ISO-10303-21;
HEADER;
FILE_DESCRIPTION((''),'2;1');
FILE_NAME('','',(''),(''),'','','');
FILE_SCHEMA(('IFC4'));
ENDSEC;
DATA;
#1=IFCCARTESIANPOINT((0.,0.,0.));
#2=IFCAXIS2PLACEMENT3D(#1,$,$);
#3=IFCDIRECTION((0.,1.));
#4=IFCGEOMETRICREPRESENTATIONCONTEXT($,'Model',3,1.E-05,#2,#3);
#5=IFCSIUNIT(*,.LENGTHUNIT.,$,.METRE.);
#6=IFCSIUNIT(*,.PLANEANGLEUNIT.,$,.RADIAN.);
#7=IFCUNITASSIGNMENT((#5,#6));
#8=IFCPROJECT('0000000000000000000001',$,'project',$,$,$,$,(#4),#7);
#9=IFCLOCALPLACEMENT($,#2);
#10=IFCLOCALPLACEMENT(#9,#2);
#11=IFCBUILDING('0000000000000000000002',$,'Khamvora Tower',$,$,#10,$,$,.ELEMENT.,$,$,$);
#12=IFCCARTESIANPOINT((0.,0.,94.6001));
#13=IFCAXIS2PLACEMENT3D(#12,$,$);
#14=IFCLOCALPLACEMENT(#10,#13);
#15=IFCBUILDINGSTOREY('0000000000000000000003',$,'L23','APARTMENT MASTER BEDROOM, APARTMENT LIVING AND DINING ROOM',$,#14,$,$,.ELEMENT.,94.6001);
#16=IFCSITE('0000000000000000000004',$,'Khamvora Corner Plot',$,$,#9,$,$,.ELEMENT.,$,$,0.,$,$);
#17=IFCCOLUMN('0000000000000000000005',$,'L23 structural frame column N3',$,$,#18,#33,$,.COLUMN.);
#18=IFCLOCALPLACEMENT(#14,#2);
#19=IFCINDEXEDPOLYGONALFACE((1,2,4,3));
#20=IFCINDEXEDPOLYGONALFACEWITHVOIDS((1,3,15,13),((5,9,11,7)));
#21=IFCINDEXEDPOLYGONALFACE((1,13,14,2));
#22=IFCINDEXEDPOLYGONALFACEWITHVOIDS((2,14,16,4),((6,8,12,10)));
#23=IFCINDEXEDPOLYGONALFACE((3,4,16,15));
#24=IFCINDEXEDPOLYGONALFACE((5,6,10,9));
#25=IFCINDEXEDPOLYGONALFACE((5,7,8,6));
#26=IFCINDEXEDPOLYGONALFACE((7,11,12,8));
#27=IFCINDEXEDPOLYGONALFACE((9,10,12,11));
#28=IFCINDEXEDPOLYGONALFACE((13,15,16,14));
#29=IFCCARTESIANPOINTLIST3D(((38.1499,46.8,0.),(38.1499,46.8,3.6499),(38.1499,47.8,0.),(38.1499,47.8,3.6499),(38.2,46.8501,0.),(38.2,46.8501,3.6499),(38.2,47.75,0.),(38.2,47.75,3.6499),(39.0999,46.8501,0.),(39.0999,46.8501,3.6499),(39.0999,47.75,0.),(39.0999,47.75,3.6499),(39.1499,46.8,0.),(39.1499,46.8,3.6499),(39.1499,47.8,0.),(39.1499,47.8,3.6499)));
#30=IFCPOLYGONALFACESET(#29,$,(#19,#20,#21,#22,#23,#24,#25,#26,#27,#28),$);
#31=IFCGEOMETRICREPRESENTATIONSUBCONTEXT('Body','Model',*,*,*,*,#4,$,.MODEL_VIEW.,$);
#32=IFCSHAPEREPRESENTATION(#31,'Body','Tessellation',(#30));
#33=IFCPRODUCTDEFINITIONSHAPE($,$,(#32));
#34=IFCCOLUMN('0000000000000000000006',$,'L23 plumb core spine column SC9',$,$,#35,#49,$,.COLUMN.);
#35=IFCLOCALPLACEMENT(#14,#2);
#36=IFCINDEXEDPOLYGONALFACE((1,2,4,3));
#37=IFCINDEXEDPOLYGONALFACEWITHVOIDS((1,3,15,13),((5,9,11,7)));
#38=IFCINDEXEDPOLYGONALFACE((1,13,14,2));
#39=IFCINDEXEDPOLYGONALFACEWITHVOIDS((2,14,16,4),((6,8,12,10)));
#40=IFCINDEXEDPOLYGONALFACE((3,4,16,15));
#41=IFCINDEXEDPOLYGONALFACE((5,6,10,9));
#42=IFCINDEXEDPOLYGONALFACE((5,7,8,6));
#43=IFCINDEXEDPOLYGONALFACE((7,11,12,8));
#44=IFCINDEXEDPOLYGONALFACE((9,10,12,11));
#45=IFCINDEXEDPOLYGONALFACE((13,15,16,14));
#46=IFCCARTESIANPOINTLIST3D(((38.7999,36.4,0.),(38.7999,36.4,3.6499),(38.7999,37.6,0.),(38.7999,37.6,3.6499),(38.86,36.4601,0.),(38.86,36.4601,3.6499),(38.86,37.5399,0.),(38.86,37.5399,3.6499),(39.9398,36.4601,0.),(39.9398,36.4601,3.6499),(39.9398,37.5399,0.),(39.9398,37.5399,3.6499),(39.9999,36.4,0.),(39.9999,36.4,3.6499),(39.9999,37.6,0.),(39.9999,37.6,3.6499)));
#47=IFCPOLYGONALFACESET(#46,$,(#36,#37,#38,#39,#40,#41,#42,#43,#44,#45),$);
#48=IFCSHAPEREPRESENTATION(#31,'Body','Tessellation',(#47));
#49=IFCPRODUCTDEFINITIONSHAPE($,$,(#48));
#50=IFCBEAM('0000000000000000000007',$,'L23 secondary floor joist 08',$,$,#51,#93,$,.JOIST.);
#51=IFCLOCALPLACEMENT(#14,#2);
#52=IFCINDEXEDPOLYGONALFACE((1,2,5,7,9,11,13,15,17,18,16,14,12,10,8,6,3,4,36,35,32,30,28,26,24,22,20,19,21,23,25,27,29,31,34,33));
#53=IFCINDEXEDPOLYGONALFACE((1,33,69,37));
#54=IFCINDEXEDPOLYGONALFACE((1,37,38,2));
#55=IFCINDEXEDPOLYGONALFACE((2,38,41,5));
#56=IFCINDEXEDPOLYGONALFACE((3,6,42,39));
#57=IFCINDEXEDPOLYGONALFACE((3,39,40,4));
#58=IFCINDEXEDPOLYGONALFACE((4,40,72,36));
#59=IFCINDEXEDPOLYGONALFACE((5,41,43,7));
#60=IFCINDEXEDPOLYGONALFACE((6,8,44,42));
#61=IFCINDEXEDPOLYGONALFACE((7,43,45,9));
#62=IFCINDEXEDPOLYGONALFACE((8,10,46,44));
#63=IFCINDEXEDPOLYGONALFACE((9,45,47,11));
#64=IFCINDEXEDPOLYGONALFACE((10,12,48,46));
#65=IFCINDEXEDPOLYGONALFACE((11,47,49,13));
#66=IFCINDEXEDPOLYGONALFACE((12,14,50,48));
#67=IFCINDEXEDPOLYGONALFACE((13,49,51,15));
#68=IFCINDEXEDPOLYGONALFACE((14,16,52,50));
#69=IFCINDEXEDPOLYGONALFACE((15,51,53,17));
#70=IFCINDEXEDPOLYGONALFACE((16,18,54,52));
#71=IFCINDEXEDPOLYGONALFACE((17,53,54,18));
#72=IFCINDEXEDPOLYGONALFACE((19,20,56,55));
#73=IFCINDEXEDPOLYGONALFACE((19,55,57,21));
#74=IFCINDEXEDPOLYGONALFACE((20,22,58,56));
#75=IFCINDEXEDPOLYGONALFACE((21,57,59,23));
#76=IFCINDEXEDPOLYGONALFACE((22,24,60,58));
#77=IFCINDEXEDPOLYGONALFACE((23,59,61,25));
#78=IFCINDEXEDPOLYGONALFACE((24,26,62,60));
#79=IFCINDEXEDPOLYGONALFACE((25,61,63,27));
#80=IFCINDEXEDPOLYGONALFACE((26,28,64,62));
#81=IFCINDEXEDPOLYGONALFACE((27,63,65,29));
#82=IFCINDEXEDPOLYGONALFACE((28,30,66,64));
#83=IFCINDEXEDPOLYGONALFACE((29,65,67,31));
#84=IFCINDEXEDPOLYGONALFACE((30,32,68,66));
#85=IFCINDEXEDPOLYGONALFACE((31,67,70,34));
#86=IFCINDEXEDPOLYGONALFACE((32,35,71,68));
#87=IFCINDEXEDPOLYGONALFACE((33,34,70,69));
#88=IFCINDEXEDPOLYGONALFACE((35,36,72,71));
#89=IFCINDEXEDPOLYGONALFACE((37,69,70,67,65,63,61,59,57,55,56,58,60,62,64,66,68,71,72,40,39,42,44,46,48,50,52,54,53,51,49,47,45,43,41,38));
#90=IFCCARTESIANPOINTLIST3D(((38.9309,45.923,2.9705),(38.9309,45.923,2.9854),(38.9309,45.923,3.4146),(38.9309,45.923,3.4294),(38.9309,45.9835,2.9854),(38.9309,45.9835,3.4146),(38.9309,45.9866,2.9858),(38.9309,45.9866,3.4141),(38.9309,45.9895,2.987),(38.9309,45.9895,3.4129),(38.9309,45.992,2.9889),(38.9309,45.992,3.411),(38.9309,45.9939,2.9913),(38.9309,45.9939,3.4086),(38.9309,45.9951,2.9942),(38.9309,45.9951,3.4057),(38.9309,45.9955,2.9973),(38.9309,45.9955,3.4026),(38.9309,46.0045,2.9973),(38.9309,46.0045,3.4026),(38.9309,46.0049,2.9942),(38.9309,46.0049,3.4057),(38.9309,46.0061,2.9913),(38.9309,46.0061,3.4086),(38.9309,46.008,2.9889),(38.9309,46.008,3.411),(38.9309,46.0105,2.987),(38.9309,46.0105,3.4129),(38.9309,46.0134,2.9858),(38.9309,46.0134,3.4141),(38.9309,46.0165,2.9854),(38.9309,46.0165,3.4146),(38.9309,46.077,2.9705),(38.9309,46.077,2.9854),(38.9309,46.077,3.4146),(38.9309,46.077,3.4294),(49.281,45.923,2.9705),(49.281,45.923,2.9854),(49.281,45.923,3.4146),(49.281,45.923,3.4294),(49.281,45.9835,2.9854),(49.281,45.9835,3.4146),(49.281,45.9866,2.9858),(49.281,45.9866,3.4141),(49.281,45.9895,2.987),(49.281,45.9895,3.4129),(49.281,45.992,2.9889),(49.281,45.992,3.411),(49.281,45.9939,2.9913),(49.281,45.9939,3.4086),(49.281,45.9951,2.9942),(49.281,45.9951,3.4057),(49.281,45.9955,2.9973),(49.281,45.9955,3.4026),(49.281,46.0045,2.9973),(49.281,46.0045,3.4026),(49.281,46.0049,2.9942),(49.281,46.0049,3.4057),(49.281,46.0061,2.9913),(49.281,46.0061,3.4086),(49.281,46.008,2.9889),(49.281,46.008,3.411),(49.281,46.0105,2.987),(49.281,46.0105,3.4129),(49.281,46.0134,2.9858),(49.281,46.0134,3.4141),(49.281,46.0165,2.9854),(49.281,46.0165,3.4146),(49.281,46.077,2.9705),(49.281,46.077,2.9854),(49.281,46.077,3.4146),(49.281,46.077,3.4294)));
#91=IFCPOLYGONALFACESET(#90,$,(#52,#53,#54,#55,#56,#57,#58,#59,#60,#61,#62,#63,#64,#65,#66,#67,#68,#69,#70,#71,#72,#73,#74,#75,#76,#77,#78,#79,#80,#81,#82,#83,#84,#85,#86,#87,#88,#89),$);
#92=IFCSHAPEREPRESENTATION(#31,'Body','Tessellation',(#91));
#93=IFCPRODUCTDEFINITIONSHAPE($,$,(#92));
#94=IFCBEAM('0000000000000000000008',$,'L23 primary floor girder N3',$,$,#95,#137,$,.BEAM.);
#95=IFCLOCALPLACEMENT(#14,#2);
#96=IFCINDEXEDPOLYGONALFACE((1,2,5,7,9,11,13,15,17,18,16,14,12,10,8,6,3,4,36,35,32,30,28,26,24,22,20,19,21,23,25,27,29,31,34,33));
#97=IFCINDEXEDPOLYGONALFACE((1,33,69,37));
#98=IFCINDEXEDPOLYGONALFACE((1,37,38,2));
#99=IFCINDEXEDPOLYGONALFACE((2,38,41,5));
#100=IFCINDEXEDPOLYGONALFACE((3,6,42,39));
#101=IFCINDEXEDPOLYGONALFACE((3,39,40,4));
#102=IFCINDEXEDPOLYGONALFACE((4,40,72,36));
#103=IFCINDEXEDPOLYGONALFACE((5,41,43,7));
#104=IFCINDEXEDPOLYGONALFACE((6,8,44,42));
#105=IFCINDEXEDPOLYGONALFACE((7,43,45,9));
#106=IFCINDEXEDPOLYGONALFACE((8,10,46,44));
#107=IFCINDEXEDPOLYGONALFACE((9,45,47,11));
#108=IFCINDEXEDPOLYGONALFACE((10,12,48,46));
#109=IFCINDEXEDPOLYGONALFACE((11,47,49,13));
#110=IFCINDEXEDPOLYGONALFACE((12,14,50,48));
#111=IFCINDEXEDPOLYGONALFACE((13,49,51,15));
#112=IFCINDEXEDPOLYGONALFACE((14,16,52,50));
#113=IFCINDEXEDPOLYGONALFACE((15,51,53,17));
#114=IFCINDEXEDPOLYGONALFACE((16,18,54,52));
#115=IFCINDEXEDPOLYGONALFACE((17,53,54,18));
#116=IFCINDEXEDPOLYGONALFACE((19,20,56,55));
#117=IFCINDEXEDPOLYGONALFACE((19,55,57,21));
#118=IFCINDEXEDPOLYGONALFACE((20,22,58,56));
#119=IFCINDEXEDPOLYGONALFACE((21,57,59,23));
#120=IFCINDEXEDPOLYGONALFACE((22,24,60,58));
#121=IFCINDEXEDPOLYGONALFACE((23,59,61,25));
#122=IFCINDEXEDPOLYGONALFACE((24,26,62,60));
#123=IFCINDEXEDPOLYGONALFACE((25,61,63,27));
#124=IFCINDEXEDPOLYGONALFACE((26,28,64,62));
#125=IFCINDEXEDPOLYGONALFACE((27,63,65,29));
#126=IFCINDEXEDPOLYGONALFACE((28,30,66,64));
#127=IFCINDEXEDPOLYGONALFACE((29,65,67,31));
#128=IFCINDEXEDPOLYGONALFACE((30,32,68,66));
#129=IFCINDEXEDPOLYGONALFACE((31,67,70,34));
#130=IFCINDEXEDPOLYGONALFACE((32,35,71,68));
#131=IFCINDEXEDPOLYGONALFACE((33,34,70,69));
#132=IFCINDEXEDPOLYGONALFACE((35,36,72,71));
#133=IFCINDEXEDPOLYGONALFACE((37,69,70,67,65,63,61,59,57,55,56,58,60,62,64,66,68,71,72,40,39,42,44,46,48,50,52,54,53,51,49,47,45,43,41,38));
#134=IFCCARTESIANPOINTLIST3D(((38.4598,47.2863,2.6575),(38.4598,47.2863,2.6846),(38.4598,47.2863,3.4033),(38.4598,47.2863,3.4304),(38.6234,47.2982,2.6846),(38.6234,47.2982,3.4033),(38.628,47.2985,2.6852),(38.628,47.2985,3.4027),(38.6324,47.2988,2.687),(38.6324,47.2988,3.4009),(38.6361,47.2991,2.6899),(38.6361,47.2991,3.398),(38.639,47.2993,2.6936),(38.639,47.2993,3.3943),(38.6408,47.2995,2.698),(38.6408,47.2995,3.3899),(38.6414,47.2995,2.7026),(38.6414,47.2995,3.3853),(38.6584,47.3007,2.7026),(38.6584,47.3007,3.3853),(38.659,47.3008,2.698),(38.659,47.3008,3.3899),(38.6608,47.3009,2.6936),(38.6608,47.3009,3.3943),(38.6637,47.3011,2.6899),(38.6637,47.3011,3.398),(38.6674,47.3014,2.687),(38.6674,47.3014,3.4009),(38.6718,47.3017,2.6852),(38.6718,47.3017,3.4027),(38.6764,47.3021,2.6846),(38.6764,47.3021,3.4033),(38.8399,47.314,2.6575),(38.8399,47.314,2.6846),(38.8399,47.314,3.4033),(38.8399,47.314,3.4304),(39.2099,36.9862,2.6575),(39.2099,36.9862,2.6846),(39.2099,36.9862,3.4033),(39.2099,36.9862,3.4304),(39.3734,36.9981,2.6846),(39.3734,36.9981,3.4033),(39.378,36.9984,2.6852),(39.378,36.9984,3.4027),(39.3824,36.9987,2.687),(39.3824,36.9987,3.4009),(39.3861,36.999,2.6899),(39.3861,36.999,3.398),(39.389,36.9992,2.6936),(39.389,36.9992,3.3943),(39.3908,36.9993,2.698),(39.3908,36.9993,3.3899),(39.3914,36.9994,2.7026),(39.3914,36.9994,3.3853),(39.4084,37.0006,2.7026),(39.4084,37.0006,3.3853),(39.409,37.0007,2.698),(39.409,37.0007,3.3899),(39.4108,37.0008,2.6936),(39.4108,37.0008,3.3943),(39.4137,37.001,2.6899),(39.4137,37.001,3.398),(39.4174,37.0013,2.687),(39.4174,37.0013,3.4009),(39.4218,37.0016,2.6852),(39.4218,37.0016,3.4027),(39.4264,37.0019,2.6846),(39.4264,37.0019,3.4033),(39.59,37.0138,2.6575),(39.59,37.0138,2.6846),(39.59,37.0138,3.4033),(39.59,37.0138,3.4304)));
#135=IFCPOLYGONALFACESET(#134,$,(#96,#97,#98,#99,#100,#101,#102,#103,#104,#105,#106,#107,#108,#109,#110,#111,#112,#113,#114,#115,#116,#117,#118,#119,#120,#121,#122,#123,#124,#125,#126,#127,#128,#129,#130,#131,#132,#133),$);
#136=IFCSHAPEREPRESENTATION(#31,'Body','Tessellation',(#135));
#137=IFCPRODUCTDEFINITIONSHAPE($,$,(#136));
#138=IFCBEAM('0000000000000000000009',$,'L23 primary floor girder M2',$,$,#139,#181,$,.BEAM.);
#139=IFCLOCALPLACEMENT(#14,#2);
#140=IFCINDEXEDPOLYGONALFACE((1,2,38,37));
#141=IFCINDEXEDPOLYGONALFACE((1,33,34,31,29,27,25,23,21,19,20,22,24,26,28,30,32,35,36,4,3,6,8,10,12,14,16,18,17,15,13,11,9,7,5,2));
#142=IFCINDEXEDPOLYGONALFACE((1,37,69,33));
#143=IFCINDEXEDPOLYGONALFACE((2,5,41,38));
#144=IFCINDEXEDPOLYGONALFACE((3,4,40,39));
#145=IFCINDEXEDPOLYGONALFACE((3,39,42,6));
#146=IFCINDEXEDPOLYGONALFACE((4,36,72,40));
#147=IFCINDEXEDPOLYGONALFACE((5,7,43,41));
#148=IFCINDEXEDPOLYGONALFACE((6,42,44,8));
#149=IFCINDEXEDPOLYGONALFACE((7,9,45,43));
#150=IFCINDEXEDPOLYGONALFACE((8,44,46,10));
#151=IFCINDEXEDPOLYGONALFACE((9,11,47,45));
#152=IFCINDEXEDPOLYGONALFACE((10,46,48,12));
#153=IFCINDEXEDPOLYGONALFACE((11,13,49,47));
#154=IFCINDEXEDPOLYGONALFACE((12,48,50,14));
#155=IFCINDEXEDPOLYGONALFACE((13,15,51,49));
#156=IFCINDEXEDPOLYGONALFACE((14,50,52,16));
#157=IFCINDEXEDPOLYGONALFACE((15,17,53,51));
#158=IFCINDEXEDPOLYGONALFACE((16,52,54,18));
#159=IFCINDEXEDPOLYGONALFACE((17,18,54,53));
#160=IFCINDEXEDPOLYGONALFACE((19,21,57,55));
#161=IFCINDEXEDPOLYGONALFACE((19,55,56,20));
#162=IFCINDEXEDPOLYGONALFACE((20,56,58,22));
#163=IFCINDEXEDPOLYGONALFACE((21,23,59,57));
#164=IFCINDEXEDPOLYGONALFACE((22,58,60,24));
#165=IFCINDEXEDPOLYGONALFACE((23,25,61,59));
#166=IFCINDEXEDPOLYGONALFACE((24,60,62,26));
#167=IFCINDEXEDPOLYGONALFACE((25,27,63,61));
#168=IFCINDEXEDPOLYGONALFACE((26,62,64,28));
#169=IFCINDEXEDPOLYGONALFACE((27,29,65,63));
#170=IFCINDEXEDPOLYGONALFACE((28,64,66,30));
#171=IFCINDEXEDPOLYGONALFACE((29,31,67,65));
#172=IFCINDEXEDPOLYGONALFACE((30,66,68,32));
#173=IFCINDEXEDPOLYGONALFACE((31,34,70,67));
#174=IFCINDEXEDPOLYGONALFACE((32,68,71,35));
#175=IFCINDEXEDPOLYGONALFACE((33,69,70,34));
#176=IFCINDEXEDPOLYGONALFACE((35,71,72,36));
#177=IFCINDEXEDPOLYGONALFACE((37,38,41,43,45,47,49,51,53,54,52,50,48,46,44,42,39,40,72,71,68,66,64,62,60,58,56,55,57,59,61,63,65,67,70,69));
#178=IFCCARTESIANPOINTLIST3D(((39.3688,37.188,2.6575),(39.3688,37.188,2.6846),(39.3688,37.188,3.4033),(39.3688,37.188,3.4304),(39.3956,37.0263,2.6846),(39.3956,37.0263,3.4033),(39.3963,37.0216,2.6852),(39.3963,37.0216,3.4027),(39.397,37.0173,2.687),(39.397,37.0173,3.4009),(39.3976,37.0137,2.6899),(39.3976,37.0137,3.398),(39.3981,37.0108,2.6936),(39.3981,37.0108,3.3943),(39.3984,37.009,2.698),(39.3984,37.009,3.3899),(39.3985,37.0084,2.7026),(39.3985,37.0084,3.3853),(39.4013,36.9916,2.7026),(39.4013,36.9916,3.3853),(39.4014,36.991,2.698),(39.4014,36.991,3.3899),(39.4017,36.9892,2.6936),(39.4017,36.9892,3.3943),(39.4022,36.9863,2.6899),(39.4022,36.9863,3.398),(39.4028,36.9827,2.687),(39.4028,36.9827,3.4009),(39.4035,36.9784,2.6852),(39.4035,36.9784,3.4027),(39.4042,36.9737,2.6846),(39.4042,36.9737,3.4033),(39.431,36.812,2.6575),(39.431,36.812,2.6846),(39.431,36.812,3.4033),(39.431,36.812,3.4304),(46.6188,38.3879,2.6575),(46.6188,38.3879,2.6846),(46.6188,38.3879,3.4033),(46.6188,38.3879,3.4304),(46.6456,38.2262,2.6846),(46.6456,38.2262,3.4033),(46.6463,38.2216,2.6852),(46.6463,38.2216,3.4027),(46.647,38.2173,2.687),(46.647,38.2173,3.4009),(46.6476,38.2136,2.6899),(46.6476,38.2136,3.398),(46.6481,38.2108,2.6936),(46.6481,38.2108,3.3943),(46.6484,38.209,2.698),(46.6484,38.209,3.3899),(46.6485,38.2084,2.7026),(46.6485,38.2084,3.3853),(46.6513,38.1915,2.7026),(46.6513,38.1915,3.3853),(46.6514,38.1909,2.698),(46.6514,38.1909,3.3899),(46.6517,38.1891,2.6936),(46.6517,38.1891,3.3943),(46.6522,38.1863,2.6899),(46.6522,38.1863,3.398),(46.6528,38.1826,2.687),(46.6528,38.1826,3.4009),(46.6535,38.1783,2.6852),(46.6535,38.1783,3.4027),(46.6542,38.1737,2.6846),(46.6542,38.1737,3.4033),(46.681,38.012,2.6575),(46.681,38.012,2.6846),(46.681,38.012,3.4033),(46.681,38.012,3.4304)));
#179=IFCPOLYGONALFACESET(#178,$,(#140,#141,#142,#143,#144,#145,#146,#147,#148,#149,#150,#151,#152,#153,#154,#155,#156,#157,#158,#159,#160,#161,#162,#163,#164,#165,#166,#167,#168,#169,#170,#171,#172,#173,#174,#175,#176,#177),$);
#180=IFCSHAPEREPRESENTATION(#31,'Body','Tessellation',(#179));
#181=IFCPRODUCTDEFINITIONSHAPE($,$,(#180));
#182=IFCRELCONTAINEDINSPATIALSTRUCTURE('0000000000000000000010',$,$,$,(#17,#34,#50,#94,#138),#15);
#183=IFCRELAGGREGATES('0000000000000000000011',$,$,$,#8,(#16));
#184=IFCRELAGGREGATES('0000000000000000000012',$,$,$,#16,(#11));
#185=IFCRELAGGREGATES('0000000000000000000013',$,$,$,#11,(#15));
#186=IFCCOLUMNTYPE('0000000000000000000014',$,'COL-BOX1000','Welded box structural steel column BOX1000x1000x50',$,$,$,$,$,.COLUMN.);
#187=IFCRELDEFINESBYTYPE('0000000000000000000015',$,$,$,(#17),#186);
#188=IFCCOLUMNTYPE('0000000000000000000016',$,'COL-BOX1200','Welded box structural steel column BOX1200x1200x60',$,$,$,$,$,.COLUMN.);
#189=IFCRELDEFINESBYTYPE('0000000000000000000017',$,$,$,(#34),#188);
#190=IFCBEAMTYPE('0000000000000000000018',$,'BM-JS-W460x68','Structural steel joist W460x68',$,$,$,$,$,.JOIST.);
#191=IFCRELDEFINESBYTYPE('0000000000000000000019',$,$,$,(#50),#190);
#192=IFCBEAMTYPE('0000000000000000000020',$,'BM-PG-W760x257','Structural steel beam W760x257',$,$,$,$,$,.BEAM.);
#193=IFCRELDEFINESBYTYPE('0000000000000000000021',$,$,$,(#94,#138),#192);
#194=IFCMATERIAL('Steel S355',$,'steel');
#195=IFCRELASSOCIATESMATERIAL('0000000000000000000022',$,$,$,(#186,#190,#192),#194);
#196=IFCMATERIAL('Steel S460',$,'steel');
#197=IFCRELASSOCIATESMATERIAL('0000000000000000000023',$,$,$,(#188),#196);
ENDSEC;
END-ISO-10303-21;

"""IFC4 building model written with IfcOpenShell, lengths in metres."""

from ifc_helpers import new_model, si_unit, direction, frame, origin, origin_2d, place, context, subcontext, project, spatial, hollow_rectangle, i_section, extrude, material, material_profile, profile_set, type_object, element, save


model = new_model("IFC4")

# Units and contexts
model_context = context("Model", 3, precision=1e-05, world=origin(), true_north=direction((0.0, 1.0)))
body_context = subcontext(model_context, "Body", "Model", "MODEL_VIEW")
ifc_project = project(units=[si_unit("LENGTHUNIT", "METRE"), si_unit("PLANEANGLEUNIT", "RADIAN")], contexts=[model_context])

# Site, building, storey
site_placement = place(None, origin())
site = spatial("IfcSite", under=ifc_project, at=site_placement, Name="Khamvora Corner Plot", CompositionType="ELEMENT", RefElevation=0.0)
building_placement = place(site_placement, origin())
building = spatial("IfcBuilding", under=site, at=building_placement, Name="Khamvora Tower", CompositionType="ELEMENT")
storey_placement = place(building_placement, frame((0.0, 0.0, 94.6001)))
storey = spatial("IfcBuildingStorey", under=building, at=storey_placement, Name="L23", Description="APARTMENT MASTER BEDROOM, APARTMENT LIVING AND DINING ROOM", CompositionType="ELEMENT", Elevation=94.6001)

# Columns
ifc_material_1 = material(Name="Steel S355", Category="steel")
ifc_material_profile_1 = material_profile(ifc_material_1, hollow_rectangle(XDim=1.0, YDim=1.0, WallThickness=0.05, at=origin_2d()), Name="BOX1000x1000x50")
ifc_profile_set_1 = profile_set([ifc_material_profile_1], Name="Steel S355")
column_type_1 = type_object("IfcColumnType", Name="COL-BOX1000", Description="Welded box structural steel column BOX1000x1000x50", PredefinedType="COLUMN", material=ifc_profile_set_1)
column_1_placement = place(storey_placement, frame((38.6499, 47.3, 0.0), z_axis=(0.0, 0.0, 1.0), x_axis=(1.0, 0.0, 0.0)))
element("IfcColumn", 1, at=column_1_placement, inside=storey, type_object=column_type_1, Name="L23 structural frame column N3", PredefinedType="COLUMN", context=body_context, shape_type="SweptSolid", body=[
    extrude(hollow_rectangle(XDim=1.0, YDim=1.0, WallThickness=0.05, at=origin_2d()), origin(), (0.0, 0.0, 1.0), 3.6499),
])
ifc_material_2 = material(Name="Steel S460", Category="steel")
ifc_material_profile_2 = material_profile(ifc_material_2, hollow_rectangle(XDim=1.2, YDim=1.2, WallThickness=0.0601, at=origin_2d()), Name="BOX1200x1200x60")
ifc_profile_set_2 = profile_set([ifc_material_profile_2], Name="Steel S460")
column_type_2 = type_object("IfcColumnType", Name="COL-BOX1200", Description="Welded box structural steel column BOX1200x1200x60", PredefinedType="COLUMN", material=ifc_profile_set_2)
column_2_placement = place(storey_placement, frame((39.3999, 37.0, 0.0), z_axis=(0.0, 0.0, 1.0), x_axis=(1.0, 0.0, 0.0)))
element("IfcColumn", 2, at=column_2_placement, inside=storey, type_object=column_type_2, Name="L23 plumb core spine column SC9", PredefinedType="COLUMN", context=body_context, shape_type="SweptSolid", body=[
    extrude(hollow_rectangle(XDim=1.2, YDim=1.2, WallThickness=0.0601, at=origin_2d()), origin(), (0.0, 0.0, 1.0), 3.6499),
])

# Beams
ifc_material_profile_3 = material_profile(ifc_material_1, i_section(OverallWidth=0.1541, OverallDepth=0.459, WebThickness=0.009, FlangeThickness=0.0149, FilletRadius=0.012, at=origin_2d()), Name="W460x68")
ifc_profile_set_3 = profile_set([ifc_material_profile_3], Name="Steel S355")
beam_type_1 = type_object("IfcBeamType", Name="BM-JS-W460x68", Description="Structural steel joist W460x68", PredefinedType="JOIST", material=ifc_profile_set_3)
beam_1_placement = place(storey_placement, frame((38.9309, 46.0, 3.2), z_axis=(1.0, 0.0, 0.0), x_axis=(0.0, 1.0, 0.0)))
element("IfcBeam", 3, at=beam_1_placement, inside=storey, type_object=beam_type_1, Name="L23 secondary floor joist 08", PredefinedType="JOIST", context=body_context, shape_type="SweptSolid", body=[
    extrude(i_section(OverallWidth=0.1541, OverallDepth=0.459, WebThickness=0.009, FlangeThickness=0.0149, FilletRadius=0.012, at=origin_2d()), origin(), (0.0, 0.0, 1.0), 10.3501),
])
ifc_material_profile_4 = material_profile(ifc_material_1, i_section(OverallWidth=0.3811, OverallDepth=0.7729, WebThickness=0.0171, FlangeThickness=0.0271, FilletRadius=0.0181, at=origin_2d()), Name="W760x257")
ifc_profile_set_4 = profile_set([ifc_material_profile_4], Name="Steel S355")
beam_type_2 = type_object("IfcBeamType", Name="BM-PG-W760x257", Description="Structural steel beam W760x257", PredefinedType="BEAM", material=ifc_profile_set_4)
beam_2_placement = place(storey_placement, frame((39.3999, 37.0, 3.0439), z_axis=(-0.072623, 0.997359, 0.0), x_axis=(-0.997359, -0.072623, 0.0)))
element("IfcBeam", 4, at=beam_2_placement, inside=storey, type_object=beam_type_2, Name="L23 primary floor girder N3", PredefinedType="BEAM", context=body_context, shape_type="SweptSolid", body=[
    extrude(i_section(OverallWidth=0.3811, OverallDepth=0.7729, WebThickness=0.0171, FlangeThickness=0.0271, FilletRadius=0.0181, at=origin_2d()), origin(), (0.0, 0.0, 1.0), 10.3274),
])
beam_3_placement = place(storey_placement, frame((39.3999, 37.0, 3.0439), z_axis=(0.986578, 0.163289, 0.0), x_axis=(-0.163289, 0.986578, 0.0)))
element("IfcBeam", 5, at=beam_3_placement, inside=storey, type_object=beam_type_2, Name="L23 primary floor girder M2", PredefinedType="BEAM", context=body_context, shape_type="SweptSolid", body=[
    extrude(i_section(OverallWidth=0.3811, OverallDepth=0.7729, WebThickness=0.0171, FlangeThickness=0.0271, FilletRadius=0.0181, at=origin_2d()), origin(), (0.0, 0.0, 1.0), 7.3486),
])

save(model, "model.ifc")
